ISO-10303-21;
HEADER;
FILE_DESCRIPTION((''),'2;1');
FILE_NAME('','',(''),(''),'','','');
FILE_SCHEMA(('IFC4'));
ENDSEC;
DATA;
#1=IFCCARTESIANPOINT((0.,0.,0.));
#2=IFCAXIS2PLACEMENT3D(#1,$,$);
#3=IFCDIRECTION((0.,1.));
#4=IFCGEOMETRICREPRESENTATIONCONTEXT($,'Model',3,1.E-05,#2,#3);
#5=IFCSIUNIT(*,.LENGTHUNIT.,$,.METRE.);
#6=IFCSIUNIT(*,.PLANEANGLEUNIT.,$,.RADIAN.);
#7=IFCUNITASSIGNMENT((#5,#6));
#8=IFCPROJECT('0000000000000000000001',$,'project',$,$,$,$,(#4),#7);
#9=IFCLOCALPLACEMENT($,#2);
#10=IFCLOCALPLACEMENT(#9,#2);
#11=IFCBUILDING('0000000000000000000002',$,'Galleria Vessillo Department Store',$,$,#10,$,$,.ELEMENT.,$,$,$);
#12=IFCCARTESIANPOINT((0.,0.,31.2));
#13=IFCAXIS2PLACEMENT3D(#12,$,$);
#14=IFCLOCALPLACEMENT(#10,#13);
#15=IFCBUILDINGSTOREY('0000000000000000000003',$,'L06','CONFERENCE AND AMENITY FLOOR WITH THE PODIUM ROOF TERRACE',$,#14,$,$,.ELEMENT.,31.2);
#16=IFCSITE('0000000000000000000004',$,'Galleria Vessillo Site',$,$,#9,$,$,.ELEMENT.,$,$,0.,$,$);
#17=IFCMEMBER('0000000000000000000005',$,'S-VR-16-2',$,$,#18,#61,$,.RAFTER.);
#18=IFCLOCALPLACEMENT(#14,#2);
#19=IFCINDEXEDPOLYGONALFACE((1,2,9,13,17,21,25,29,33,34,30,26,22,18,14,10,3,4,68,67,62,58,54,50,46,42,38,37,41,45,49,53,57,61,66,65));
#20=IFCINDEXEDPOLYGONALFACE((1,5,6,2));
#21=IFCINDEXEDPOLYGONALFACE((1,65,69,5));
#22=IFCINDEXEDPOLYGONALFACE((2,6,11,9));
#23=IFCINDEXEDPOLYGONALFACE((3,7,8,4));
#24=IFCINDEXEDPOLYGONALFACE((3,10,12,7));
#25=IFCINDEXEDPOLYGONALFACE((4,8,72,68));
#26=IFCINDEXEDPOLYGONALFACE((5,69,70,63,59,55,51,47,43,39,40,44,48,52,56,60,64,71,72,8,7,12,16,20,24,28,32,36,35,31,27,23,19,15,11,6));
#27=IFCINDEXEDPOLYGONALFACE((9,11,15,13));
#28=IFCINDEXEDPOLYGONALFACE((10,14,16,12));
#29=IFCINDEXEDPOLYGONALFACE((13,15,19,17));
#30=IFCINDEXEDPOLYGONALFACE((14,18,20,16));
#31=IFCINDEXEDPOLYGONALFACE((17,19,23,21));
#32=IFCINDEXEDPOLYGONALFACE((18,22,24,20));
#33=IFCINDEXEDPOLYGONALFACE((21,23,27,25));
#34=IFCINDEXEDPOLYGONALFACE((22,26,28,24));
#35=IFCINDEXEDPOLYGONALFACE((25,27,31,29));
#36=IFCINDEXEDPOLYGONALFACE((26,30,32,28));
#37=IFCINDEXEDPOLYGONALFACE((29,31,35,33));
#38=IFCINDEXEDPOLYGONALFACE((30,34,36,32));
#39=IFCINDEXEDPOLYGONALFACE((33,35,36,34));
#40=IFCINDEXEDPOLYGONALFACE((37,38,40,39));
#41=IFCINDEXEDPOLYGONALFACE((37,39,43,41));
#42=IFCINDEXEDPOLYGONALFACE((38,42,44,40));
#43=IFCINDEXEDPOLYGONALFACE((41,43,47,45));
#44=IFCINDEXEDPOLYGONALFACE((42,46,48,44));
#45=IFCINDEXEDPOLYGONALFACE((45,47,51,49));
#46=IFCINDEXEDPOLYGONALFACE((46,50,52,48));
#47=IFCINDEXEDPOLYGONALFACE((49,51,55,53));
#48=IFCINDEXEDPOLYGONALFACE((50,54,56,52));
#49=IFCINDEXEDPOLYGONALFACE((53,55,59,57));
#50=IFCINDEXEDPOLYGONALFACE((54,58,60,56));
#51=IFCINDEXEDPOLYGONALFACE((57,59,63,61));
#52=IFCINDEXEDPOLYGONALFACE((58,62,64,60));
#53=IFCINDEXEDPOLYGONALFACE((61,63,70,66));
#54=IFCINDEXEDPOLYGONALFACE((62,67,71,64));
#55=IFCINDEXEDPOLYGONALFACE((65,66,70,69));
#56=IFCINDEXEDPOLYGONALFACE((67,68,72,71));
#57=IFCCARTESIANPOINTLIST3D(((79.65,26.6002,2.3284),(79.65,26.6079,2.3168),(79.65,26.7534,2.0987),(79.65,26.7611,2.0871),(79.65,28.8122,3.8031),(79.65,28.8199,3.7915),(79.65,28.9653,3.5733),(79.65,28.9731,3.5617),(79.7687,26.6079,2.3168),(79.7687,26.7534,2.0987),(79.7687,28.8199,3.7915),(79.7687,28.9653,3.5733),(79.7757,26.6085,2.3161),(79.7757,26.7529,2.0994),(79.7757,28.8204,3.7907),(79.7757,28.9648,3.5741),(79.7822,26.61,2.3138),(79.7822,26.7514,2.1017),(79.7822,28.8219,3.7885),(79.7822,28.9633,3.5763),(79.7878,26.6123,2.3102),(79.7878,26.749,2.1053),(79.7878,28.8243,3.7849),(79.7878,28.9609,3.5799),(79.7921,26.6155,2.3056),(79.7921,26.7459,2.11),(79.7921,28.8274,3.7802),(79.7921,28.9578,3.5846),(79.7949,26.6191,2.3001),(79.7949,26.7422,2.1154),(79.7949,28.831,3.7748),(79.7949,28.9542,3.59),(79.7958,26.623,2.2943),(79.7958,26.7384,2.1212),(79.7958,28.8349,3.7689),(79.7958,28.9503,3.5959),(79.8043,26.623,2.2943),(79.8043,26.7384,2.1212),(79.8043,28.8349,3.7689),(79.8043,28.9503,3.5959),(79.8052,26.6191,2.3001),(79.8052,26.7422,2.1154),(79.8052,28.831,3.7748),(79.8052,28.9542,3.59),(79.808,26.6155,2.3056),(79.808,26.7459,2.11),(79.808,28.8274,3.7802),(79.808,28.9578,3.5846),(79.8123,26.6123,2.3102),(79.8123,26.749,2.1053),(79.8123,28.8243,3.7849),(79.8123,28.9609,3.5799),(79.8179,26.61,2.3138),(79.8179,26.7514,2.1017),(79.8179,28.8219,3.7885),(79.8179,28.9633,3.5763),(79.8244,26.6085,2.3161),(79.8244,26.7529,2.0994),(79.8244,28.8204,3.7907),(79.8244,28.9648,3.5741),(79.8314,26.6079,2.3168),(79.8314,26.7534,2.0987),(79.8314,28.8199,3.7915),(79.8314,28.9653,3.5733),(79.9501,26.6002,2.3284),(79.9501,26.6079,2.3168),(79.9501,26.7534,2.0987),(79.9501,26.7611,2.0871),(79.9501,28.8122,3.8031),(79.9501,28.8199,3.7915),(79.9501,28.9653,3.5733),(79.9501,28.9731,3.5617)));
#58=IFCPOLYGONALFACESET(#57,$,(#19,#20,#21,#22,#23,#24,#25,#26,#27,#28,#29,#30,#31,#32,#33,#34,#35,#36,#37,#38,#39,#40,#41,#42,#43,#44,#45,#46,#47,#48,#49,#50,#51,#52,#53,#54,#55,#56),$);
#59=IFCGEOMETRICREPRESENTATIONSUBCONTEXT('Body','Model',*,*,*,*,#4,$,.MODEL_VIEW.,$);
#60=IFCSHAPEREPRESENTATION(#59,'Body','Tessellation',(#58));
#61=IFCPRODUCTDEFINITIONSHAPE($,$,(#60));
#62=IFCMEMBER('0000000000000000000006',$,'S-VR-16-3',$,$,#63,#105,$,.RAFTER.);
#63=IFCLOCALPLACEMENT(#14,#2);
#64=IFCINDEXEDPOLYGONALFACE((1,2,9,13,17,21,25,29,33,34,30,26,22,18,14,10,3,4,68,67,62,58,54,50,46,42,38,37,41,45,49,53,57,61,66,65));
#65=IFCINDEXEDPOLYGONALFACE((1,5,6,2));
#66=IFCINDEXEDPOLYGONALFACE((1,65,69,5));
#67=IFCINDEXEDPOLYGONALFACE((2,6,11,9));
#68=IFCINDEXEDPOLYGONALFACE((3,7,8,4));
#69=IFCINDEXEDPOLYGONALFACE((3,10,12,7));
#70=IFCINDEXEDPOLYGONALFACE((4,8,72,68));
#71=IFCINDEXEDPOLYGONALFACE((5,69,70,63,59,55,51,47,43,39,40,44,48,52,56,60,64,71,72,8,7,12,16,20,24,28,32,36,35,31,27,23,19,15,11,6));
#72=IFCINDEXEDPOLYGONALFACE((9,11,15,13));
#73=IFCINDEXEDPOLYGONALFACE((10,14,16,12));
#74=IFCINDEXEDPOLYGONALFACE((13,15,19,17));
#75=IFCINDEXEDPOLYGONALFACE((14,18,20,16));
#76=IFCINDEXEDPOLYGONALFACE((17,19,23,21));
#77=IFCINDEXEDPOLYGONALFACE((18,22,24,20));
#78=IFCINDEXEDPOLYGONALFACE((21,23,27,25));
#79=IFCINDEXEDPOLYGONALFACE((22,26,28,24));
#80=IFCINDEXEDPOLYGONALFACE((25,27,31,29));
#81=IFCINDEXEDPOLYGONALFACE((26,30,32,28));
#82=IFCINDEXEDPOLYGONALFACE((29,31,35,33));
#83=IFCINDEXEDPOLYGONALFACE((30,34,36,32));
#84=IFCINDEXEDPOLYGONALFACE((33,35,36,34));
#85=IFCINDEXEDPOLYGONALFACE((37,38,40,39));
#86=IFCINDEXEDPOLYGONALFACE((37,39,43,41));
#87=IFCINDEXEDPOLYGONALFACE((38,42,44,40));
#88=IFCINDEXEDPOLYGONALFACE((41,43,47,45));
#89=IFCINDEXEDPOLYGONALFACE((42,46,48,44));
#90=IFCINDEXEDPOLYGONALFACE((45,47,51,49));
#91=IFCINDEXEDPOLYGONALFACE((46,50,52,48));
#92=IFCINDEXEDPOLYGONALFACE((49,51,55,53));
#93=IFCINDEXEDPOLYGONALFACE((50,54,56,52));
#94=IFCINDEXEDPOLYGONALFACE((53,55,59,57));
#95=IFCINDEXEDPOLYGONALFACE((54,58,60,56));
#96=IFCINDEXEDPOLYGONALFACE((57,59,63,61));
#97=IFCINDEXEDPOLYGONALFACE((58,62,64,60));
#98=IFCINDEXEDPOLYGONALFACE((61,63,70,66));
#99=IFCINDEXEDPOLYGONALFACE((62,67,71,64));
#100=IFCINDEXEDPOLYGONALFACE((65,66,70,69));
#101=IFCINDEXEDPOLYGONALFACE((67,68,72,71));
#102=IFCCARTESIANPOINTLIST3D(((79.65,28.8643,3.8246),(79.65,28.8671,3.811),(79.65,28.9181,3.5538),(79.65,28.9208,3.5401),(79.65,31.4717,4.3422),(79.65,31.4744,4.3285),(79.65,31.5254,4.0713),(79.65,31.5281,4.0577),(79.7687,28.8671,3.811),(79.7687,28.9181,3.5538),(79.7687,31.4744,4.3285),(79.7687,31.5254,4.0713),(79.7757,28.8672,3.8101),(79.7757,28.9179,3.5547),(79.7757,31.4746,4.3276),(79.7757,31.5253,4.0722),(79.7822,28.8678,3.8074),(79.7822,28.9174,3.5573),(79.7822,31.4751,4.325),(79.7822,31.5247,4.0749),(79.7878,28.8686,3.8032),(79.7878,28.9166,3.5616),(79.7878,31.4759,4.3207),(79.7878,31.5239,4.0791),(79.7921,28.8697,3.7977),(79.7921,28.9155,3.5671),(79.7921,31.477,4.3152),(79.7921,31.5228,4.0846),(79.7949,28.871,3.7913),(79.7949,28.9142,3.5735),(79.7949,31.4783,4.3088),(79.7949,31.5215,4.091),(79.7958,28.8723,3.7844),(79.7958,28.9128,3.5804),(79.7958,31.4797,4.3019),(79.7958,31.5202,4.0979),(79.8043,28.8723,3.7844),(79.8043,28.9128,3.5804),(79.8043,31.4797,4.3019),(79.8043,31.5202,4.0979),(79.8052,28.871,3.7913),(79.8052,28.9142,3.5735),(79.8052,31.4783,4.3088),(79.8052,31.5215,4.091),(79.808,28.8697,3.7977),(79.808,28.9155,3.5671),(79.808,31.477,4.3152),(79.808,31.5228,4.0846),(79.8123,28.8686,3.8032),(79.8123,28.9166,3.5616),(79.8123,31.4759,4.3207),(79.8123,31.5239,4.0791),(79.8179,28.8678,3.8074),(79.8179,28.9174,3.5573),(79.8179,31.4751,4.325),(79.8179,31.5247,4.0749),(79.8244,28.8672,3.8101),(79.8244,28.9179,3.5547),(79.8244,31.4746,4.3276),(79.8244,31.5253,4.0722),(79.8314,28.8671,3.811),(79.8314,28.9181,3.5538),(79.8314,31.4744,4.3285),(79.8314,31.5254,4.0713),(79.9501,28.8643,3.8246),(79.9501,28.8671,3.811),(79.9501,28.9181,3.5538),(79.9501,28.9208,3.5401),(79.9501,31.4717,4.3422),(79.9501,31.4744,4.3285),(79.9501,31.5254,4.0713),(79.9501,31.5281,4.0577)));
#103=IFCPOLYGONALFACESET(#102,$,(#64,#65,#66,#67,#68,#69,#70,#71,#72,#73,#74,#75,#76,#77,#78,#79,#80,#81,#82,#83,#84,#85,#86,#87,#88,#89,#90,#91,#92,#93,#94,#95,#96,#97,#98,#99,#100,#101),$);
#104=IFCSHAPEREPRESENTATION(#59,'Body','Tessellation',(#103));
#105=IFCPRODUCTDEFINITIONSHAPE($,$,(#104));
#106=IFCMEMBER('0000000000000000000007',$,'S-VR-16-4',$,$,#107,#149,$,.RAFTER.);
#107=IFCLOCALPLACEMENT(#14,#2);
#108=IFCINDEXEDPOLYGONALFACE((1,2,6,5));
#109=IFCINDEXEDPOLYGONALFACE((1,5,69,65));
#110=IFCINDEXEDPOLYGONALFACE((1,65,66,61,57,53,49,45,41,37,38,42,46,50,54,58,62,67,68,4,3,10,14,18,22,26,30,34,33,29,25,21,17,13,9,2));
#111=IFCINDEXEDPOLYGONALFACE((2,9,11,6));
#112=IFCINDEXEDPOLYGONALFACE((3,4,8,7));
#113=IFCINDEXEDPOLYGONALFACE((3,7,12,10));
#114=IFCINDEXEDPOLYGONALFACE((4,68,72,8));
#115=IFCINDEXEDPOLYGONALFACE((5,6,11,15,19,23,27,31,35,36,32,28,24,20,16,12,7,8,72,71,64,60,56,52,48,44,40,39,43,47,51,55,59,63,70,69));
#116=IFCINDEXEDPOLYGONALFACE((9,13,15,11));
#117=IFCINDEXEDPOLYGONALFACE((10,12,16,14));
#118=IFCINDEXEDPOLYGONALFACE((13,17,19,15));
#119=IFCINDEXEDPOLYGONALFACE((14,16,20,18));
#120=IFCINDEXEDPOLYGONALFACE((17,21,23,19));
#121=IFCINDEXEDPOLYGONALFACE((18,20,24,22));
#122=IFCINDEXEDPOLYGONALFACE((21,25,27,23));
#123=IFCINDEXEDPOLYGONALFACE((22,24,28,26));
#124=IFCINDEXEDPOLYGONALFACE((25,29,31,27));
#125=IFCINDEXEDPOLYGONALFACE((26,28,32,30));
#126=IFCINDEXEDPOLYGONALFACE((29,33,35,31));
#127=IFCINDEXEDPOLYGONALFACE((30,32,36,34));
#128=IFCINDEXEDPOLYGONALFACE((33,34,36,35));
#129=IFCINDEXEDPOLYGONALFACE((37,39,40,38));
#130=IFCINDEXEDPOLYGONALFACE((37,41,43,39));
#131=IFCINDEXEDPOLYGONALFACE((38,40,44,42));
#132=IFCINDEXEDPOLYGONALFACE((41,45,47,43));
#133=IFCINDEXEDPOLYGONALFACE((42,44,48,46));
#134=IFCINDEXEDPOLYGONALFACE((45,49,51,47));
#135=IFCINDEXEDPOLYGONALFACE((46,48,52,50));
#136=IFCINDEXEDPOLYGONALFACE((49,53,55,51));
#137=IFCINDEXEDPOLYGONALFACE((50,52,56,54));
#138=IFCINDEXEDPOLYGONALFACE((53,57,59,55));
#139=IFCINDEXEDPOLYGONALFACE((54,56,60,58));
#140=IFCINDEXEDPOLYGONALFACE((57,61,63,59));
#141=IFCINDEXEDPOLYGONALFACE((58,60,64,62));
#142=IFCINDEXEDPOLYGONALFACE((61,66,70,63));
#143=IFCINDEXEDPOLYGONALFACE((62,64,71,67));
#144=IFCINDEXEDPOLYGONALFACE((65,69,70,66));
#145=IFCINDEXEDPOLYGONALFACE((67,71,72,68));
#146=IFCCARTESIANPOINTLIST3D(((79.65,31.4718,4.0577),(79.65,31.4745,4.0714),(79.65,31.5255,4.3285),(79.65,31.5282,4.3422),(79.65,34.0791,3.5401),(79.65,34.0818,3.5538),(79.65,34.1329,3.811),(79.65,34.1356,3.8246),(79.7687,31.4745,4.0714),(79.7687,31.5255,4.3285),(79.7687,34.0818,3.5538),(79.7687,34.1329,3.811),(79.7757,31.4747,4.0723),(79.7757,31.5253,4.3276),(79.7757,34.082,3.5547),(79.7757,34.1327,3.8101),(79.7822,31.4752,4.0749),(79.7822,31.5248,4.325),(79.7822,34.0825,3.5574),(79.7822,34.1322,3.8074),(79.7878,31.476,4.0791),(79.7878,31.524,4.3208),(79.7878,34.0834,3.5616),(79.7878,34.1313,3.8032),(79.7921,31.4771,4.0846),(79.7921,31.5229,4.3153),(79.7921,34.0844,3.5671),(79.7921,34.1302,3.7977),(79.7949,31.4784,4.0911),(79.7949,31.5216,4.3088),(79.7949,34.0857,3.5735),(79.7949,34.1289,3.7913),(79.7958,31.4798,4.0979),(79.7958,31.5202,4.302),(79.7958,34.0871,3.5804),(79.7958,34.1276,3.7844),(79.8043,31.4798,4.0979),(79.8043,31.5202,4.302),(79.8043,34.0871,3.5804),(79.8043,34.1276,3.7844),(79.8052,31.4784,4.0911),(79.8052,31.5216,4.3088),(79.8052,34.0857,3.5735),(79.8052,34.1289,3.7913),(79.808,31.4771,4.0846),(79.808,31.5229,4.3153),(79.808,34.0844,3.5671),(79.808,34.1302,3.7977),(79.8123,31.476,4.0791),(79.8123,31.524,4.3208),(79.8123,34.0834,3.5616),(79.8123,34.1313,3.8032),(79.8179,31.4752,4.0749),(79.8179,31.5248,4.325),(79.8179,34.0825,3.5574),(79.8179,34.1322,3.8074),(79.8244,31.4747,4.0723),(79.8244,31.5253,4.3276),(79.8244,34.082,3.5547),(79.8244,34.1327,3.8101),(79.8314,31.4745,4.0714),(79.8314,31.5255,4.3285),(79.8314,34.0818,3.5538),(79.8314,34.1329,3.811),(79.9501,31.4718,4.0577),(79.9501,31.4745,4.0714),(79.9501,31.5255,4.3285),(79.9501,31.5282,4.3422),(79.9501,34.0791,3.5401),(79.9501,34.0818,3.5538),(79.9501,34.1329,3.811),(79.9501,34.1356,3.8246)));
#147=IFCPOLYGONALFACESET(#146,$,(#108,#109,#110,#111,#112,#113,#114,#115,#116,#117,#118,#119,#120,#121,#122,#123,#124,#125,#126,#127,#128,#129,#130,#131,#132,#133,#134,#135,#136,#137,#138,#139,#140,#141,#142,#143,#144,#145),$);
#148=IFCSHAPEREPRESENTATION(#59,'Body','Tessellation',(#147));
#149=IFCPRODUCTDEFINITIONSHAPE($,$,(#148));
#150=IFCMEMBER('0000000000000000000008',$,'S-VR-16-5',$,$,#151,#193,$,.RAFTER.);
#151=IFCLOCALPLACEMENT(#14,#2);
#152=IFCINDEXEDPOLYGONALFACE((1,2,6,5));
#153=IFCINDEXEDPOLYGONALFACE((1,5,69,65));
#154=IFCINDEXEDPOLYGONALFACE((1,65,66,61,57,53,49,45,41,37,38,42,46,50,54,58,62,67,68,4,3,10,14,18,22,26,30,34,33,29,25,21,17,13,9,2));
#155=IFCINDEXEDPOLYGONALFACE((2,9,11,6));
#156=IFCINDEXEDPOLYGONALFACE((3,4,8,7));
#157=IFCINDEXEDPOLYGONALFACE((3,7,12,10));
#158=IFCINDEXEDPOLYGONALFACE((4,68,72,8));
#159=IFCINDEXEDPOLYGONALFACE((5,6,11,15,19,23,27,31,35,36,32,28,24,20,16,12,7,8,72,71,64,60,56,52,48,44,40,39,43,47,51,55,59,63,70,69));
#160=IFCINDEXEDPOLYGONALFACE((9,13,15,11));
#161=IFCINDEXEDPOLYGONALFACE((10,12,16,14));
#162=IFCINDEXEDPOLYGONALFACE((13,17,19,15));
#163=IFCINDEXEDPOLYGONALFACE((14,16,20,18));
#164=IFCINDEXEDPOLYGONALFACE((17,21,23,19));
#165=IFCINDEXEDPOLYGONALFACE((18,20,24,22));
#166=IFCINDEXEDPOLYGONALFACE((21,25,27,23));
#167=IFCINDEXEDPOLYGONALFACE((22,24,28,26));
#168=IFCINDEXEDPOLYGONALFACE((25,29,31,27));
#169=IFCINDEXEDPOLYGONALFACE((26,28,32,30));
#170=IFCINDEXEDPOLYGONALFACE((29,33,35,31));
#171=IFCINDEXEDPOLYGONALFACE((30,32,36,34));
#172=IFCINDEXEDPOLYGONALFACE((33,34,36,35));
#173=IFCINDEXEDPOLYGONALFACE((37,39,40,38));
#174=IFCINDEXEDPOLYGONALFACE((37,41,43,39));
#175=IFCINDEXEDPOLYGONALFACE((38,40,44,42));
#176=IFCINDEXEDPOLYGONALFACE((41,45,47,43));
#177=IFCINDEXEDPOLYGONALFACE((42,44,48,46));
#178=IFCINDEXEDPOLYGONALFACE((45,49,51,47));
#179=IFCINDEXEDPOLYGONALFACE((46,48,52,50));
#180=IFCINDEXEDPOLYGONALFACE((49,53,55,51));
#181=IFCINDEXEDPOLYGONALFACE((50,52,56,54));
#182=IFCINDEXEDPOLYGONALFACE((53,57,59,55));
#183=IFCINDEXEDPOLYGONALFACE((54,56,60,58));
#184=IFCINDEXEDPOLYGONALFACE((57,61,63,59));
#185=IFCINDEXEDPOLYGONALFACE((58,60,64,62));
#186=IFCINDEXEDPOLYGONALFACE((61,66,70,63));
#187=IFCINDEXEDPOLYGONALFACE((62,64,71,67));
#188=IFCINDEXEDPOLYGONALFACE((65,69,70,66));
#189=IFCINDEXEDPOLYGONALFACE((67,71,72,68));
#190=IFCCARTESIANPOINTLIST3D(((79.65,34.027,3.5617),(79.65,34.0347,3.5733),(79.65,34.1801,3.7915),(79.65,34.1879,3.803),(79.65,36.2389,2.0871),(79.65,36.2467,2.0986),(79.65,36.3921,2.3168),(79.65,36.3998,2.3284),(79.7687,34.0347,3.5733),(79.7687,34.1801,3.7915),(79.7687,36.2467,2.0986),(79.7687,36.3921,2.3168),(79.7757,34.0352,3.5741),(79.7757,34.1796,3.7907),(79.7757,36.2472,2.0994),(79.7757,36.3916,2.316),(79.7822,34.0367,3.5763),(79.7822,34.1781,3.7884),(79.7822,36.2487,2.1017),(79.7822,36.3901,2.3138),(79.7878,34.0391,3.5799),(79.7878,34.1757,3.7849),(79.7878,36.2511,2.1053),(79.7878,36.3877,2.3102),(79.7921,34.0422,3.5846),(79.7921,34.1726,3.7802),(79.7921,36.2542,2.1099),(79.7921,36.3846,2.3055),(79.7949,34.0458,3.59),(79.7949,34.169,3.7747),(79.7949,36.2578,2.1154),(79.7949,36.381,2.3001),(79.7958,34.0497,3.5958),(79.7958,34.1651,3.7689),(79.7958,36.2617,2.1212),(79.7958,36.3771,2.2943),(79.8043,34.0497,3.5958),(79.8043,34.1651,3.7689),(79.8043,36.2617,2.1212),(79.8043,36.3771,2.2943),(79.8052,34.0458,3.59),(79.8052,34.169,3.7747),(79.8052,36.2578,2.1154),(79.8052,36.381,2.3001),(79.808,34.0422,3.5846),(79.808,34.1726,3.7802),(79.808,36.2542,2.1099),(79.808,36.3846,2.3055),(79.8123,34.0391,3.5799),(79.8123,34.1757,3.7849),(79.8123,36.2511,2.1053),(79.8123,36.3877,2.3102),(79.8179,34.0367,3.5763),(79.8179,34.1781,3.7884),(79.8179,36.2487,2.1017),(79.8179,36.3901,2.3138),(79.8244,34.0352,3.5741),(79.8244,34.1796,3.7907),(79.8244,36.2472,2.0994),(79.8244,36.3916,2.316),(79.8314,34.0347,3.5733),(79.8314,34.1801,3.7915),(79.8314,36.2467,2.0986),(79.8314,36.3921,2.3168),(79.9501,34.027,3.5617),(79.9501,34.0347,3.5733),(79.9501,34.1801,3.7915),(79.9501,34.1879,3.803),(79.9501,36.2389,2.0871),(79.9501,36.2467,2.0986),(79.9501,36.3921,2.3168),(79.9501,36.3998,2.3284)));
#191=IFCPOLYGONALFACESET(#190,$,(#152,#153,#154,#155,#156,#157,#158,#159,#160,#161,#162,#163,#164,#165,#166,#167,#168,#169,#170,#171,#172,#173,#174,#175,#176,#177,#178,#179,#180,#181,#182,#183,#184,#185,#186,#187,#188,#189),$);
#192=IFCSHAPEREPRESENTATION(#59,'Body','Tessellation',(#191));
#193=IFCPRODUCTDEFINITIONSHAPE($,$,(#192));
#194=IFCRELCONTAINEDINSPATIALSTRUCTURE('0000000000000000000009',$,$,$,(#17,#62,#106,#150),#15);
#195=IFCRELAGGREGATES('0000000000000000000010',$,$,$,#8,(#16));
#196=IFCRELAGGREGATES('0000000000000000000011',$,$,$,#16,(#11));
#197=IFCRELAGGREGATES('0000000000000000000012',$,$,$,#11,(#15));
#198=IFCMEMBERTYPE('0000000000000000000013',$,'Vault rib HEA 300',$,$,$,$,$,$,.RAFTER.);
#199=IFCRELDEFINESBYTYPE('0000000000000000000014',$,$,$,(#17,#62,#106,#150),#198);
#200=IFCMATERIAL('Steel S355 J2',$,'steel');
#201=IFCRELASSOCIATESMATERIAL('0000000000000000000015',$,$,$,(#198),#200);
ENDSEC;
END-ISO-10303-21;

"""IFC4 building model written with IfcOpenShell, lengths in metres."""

from ifc_helpers import new_model, si_unit, direction, frame, origin, origin_2d, place, context, subcontext, project, spatial, i_section, extrude, material, material_profile, profile_set, type_object, element, save


model = new_model("IFC4")

# Units and contexts
model_context = context("Model", 3, precision=1e-05, world=origin(), true_north=direction((0.0, 1.0)))
body_context = subcontext(model_context, "Body", "Model", "MODEL_VIEW")
ifc_project = project(units=[si_unit("LENGTHUNIT", "METRE"), si_unit("PLANEANGLEUNIT", "RADIAN")], contexts=[model_context])

# Site, building, storey
site_placement = place(None, origin())
site = spatial("IfcSite", under=ifc_project, at=site_placement, Name="Galleria Vessillo Site", CompositionType="ELEMENT", RefElevation=0.0)
building_placement = place(site_placement, origin())
building = spatial("IfcBuilding", under=site, at=building_placement, Name="Galleria Vessillo Department Store", CompositionType="ELEMENT")
storey_placement = place(building_placement, frame((0.0, 0.0, 31.2)))
storey = spatial("IfcBuildingStorey", under=building, at=storey_placement, Name="L06", Description="CONFERENCE AND AMENITY FLOOR WITH THE PODIUM ROOF TERRACE", CompositionType="ELEMENT", Elevation=31.2)

# Members
ifc_material_1 = material(Name="Steel S355 J2", Category="steel")
ifc_material_profile_1 = material_profile(ifc_material_1, i_section(OverallWidth=0.3, OverallDepth=0.29, WebThickness=0.0085, FlangeThickness=0.0139, FilletRadius=0.0271, at=origin_2d()), Name="HEA 300")
ifc_profile_set_1 = profile_set([ifc_material_profile_1], Name="Steel S355 J2")
member_type_1 = type_object("IfcMemberType", Name="Vault rib HEA 300", PredefinedType="RAFTER", material=ifc_profile_set_1)
member_1_placement = place(storey_placement, frame((79.8, 26.6807, 2.2078), z_axis=(0.0, 0.83205, 0.5547), x_axis=(-1.0, 0.0, 0.0)))
element("IfcMember", 1, at=member_1_placement, inside=storey, type_object=member_type_1, Name="S-VR-16-2", PredefinedType="RAFTER", context=body_context, shape_type="SweptSolid", body=[
    extrude(i_section(OverallWidth=0.3, OverallDepth=0.29, WebThickness=0.0085, FlangeThickness=0.0139, FilletRadius=0.0271, at=origin_2d()), origin(), (0.0, 0.0, 1.0), 2.6584),
])
for number, where, z_axis, x_axis, name in (
    (2, (79.8, 28.8926, 3.6824), (0.0, 0.980862, 0.194703), (-1.0, 0.0, 0.0), "S-VR-16-3"),
    (3, (79.8, 31.5, 4.2), (0.0, 0.980862, -0.194703), (-1.0, 0.0, 0.0), "S-VR-16-4"),
):
    element("IfcMember", number, at=place(storey_placement, frame(where, z_axis=z_axis, x_axis=x_axis)), inside=storey, type_object=member_type_1, Name=name, PredefinedType="RAFTER", context=body_context, shape_type="SweptSolid", body=[
        extrude(i_section(OverallWidth=0.3, OverallDepth=0.29, WebThickness=0.0085, FlangeThickness=0.0139, FilletRadius=0.0271, at=origin_2d()), origin(), (0.0, 0.0, 1.0), 2.6582),
    ])
member_2_placement = place(storey_placement, frame((79.8, 34.1074, 3.6824), z_axis=(0.0, 0.83205, -0.5547), x_axis=(-1.0, 0.0, 0.0)))
element("IfcMember", 4, at=member_2_placement, inside=storey, type_object=member_type_1, Name="S-VR-16-5", PredefinedType="RAFTER", context=body_context, shape_type="SweptSolid", body=[
    extrude(i_section(OverallWidth=0.3, OverallDepth=0.29, WebThickness=0.0085, FlangeThickness=0.0139, FilletRadius=0.0271, at=origin_2d()), origin(), (0.0, 0.0, 1.0), 2.6584),
])

save(model, "model.ifc")
